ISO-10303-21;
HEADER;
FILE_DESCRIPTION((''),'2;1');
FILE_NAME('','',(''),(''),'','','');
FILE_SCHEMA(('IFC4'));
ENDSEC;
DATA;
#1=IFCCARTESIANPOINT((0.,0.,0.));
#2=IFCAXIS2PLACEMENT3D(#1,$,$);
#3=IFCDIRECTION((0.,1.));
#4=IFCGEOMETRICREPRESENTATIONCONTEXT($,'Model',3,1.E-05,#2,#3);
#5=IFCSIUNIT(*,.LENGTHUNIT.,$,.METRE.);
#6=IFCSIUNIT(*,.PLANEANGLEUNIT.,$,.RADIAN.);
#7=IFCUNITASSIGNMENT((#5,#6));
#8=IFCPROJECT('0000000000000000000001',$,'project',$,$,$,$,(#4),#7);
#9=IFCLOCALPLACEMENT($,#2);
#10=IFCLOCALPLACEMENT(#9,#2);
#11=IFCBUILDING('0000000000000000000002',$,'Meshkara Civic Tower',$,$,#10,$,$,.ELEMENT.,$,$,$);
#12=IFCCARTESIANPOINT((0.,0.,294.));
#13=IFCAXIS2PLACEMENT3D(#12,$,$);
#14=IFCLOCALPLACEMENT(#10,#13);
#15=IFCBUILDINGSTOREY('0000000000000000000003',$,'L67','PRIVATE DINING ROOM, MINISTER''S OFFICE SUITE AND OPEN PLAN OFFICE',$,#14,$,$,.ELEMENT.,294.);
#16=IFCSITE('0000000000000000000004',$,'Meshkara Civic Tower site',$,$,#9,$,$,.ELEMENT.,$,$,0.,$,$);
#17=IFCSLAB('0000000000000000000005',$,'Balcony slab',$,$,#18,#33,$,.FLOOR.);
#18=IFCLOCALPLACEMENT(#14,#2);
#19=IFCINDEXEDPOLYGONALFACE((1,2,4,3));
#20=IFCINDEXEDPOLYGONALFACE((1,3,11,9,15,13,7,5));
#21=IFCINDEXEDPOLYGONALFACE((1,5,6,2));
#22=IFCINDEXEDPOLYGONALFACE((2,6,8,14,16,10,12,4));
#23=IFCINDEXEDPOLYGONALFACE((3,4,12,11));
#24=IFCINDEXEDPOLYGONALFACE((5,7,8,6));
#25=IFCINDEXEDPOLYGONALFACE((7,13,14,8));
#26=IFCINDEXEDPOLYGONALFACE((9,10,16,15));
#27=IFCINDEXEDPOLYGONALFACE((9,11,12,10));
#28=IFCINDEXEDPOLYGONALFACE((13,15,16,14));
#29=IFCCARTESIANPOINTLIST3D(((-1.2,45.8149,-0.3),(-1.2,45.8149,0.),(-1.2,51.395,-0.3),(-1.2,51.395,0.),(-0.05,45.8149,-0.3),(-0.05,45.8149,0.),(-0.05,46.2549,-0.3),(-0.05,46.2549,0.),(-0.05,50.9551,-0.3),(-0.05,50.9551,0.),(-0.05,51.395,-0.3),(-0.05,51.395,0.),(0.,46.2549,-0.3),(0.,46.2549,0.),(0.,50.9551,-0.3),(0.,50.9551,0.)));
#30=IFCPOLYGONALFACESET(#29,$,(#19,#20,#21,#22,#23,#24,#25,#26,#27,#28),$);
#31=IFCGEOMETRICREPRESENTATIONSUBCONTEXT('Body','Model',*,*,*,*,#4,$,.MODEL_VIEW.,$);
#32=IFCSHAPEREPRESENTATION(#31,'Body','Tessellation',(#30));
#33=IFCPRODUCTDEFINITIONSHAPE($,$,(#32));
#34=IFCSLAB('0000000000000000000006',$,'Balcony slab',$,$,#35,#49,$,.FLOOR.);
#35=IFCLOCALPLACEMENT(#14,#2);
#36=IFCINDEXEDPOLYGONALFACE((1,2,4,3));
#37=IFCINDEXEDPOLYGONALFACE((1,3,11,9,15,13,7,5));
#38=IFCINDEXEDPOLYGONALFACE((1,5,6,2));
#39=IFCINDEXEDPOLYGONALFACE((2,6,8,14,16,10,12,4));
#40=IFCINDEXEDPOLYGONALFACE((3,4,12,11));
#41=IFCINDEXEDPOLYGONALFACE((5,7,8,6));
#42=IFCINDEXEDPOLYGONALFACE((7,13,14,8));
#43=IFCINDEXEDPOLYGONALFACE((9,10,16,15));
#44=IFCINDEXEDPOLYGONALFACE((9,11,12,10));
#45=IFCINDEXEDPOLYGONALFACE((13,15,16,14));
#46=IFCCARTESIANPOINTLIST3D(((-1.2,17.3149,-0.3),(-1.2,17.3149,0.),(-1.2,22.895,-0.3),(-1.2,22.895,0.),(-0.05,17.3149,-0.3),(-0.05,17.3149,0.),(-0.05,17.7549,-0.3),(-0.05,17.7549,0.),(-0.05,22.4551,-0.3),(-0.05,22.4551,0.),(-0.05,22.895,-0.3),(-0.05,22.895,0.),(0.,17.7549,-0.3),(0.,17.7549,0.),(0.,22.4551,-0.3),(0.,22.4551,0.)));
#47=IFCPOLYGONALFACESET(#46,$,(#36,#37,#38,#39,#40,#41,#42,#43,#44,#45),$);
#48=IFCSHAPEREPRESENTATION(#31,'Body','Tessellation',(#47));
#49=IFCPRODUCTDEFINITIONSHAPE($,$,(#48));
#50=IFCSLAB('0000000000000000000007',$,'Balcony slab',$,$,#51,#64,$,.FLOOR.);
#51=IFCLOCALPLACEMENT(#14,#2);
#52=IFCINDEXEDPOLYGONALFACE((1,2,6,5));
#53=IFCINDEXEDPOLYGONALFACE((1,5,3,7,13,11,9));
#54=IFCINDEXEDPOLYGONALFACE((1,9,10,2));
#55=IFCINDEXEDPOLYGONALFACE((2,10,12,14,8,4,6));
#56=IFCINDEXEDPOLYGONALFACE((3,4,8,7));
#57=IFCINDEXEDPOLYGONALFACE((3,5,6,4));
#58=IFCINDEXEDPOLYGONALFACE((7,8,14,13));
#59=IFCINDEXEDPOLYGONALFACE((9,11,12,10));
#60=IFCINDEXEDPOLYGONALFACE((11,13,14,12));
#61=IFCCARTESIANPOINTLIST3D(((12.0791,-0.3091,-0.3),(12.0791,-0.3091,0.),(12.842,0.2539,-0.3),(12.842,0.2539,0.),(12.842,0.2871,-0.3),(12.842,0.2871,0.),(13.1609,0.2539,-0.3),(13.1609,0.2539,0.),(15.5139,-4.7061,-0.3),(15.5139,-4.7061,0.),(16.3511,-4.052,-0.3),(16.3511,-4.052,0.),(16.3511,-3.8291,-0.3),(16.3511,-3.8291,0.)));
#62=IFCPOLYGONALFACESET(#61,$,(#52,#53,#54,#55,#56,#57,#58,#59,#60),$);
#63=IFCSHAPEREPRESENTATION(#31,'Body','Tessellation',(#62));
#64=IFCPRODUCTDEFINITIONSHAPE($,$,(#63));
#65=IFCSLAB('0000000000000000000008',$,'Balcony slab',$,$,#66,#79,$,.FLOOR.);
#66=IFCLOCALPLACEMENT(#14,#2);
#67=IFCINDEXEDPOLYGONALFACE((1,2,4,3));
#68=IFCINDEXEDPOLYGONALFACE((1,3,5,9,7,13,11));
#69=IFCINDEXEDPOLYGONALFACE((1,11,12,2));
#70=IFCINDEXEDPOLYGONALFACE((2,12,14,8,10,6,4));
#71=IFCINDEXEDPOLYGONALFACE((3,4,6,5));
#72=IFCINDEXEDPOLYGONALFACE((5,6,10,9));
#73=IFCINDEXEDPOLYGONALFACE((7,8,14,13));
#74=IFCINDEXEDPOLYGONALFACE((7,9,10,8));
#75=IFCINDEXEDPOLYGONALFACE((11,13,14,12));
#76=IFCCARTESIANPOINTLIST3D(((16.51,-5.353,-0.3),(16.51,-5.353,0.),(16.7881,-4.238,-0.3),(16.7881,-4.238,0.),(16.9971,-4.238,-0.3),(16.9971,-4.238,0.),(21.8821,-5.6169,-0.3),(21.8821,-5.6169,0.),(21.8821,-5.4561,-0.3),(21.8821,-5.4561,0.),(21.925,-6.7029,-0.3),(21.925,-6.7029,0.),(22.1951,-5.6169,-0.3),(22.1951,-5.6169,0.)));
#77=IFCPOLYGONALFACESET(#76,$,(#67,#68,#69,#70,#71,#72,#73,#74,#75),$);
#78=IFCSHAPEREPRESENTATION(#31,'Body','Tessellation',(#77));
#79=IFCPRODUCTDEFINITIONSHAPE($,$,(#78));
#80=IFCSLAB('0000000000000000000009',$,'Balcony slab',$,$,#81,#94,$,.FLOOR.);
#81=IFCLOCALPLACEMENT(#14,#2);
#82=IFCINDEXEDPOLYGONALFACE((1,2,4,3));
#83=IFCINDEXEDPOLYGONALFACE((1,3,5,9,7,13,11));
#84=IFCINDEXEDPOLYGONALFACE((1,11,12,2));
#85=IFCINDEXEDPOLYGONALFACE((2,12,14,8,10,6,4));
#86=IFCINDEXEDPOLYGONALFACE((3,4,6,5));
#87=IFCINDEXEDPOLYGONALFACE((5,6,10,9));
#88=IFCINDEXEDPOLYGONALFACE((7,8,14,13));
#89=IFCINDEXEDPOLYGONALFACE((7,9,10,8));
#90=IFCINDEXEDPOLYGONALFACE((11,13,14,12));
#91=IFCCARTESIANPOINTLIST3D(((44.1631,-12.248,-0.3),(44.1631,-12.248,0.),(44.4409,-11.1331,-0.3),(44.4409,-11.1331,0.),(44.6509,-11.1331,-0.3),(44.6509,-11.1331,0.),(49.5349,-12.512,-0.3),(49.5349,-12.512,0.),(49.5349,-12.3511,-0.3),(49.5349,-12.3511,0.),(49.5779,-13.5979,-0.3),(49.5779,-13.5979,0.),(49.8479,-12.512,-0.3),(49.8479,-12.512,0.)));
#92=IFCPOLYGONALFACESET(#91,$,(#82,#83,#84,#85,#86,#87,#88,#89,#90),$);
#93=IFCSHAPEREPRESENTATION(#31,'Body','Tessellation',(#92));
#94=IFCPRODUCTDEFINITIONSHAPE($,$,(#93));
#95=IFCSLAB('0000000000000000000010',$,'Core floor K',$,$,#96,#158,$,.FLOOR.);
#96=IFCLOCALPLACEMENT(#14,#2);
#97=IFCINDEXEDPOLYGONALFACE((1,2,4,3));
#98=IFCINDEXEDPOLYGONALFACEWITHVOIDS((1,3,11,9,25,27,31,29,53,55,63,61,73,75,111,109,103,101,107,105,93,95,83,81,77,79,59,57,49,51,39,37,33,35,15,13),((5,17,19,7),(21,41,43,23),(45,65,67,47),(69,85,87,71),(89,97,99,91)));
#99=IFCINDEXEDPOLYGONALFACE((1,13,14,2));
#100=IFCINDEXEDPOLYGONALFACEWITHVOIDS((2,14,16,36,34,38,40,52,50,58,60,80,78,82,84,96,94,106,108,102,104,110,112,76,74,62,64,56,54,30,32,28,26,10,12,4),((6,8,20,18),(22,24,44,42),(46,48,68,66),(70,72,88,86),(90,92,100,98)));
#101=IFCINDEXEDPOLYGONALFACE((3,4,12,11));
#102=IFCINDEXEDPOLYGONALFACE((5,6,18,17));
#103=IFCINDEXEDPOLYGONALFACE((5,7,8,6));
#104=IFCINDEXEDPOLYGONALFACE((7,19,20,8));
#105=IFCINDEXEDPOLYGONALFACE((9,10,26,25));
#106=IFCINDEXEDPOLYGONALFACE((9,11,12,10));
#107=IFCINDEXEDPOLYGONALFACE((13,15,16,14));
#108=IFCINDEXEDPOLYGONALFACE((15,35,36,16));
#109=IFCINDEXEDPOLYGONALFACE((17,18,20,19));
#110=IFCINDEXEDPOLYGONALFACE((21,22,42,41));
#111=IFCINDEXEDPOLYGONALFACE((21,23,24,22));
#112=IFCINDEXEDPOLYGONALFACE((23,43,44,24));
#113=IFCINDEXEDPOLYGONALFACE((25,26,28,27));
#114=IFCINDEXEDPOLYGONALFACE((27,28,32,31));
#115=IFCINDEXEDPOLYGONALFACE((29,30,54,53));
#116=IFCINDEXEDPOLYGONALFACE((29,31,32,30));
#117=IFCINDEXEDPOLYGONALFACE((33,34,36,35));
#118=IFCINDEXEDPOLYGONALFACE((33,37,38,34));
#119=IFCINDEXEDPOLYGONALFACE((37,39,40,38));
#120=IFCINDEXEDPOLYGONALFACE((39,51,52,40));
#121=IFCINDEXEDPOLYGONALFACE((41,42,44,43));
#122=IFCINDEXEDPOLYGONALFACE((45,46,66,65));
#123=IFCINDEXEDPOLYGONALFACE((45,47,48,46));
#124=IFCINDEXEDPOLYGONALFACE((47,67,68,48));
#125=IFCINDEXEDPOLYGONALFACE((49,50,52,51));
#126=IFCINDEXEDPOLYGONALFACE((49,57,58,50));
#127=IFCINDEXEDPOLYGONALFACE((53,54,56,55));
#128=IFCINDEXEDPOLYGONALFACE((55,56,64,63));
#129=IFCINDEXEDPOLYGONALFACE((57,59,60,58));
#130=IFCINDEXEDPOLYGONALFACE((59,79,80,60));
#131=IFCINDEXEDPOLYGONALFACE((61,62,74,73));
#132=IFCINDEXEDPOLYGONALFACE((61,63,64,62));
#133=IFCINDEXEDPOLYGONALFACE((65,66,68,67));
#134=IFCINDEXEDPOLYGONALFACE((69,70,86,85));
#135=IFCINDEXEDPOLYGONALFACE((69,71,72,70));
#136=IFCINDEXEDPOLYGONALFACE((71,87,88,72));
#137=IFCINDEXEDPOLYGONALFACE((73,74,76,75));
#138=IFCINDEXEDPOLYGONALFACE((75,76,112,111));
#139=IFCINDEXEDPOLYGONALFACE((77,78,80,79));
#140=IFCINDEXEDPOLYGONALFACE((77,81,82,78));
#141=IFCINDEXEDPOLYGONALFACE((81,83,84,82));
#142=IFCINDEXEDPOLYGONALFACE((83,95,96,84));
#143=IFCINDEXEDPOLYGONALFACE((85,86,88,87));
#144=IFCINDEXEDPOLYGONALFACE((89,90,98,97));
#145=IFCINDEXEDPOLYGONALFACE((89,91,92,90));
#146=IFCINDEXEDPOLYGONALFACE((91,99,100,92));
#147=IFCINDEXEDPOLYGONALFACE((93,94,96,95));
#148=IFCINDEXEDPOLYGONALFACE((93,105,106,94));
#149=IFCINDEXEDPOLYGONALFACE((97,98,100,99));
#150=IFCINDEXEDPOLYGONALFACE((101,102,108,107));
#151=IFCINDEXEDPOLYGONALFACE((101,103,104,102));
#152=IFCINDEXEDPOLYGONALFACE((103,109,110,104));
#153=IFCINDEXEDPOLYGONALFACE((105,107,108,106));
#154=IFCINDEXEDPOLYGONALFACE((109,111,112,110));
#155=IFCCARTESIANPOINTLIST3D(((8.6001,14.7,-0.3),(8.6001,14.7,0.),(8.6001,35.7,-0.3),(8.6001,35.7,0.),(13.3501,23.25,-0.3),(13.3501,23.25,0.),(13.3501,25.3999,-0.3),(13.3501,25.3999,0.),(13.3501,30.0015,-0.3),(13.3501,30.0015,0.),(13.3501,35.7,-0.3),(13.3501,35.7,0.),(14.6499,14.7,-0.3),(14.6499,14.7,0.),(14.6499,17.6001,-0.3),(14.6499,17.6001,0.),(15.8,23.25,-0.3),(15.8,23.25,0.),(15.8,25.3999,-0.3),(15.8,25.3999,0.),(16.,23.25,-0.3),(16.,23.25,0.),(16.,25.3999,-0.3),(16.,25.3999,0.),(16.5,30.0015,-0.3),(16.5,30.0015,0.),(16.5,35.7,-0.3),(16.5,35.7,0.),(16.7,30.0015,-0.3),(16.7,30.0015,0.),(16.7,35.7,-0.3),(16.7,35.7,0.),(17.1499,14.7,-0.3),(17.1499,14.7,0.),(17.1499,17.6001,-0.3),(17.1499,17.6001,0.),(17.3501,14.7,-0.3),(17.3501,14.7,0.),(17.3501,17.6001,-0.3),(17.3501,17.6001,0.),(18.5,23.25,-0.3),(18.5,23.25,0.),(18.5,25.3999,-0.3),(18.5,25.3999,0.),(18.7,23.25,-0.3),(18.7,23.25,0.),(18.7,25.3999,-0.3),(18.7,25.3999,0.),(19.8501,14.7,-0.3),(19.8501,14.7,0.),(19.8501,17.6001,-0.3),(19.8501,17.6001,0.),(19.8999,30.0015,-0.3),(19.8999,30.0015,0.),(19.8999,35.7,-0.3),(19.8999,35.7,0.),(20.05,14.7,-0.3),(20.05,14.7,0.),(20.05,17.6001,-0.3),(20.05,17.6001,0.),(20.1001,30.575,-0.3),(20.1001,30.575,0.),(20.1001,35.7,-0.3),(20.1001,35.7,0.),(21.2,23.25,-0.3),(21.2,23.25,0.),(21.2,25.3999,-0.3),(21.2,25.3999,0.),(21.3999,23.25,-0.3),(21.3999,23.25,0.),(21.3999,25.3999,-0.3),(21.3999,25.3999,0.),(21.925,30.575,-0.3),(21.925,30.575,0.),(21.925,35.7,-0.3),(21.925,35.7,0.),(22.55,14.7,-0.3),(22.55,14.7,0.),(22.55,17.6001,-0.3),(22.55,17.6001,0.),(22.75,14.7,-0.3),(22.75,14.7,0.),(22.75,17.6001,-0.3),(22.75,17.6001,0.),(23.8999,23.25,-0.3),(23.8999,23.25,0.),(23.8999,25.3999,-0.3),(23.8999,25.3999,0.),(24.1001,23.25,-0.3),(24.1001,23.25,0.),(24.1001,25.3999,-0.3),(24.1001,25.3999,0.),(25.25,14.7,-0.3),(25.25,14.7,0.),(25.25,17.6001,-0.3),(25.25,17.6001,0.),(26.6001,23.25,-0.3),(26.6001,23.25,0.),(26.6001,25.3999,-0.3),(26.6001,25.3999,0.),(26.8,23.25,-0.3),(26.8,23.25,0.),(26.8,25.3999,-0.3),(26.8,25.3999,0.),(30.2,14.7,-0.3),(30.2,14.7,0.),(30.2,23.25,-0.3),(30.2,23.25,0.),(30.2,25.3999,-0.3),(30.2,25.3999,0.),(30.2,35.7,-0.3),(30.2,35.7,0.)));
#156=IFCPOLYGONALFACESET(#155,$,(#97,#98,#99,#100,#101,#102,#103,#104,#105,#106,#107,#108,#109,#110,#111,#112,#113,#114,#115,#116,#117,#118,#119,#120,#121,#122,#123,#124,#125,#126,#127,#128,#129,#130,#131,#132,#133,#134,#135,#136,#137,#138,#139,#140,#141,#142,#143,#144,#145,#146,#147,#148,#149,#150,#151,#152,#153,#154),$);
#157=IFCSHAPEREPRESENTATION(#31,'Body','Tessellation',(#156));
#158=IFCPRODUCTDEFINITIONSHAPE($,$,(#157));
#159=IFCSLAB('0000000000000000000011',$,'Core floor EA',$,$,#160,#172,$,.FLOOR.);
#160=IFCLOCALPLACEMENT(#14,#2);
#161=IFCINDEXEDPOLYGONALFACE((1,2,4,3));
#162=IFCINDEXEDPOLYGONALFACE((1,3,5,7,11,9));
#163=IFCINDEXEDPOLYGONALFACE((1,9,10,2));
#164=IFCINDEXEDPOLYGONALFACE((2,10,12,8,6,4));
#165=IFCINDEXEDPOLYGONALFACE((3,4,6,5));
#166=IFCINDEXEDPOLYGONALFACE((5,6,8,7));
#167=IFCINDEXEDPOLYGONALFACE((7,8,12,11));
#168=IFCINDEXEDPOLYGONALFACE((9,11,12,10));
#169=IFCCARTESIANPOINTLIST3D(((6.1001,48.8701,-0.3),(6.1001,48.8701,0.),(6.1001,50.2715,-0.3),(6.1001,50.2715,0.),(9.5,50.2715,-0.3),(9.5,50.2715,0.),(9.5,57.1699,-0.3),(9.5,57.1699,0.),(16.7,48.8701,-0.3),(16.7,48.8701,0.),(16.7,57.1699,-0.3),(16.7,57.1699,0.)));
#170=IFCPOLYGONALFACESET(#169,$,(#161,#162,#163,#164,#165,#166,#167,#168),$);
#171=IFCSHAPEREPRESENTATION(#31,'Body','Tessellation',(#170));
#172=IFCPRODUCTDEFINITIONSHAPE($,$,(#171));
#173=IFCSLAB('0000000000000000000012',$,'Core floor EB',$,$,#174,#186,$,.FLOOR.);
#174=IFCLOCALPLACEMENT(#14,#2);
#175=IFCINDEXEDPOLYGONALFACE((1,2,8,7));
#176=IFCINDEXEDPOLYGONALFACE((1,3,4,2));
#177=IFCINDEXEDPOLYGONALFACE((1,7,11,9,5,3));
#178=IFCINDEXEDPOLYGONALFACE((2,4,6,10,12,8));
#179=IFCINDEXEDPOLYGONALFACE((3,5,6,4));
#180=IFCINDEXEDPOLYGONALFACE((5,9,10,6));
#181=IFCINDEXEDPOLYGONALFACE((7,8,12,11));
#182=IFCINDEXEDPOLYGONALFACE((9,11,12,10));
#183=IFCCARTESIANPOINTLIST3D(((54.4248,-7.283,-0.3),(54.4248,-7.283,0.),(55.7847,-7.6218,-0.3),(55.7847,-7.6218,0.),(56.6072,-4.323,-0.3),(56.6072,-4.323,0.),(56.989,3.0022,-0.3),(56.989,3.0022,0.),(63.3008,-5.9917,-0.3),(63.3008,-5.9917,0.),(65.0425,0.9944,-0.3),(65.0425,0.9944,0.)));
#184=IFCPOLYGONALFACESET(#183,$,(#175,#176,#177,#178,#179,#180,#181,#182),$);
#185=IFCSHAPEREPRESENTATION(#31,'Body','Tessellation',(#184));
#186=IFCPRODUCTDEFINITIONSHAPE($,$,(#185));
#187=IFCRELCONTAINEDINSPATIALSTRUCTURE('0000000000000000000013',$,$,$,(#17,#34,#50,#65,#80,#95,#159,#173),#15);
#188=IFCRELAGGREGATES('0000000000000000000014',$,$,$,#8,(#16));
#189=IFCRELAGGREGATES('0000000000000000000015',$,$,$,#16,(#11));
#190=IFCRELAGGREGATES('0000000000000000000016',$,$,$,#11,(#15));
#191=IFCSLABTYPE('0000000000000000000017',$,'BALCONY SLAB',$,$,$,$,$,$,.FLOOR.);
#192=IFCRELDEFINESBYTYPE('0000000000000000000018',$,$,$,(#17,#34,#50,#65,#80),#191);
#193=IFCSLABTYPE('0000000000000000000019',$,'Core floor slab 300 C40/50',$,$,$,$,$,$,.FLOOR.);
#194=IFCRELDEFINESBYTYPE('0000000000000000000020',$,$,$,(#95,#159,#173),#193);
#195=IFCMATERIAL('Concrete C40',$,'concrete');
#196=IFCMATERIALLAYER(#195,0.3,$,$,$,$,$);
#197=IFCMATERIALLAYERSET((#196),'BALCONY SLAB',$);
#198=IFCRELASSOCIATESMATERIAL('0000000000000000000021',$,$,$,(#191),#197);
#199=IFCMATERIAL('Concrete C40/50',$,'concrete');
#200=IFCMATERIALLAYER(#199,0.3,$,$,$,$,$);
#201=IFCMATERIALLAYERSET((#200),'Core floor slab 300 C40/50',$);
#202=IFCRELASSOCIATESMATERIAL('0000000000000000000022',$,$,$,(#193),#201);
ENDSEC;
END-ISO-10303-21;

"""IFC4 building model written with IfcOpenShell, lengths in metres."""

from ifc_helpers import new_model, si_unit, direction, frame, origin, place, context, subcontext, project, spatial, polyline, outline, extrude, material, layer, layer_set, type_object, element, save


model = new_model("IFC4")

# Units and contexts
model_context = context("Model", 3, precision=1e-05, world=origin(), true_north=direction((0.0, 1.0)))
body_context = subcontext(model_context, "Body", "Model", "MODEL_VIEW")
ifc_project = project(units=[si_unit("LENGTHUNIT", "METRE"), si_unit("PLANEANGLEUNIT", "RADIAN")], contexts=[model_context])

# Site, building, storey
site_placement = place(None, origin())
site = spatial("IfcSite", under=ifc_project, at=site_placement, Name="Meshkara Civic Tower site", CompositionType="ELEMENT", RefElevation=0.0)
building_placement = place(site_placement, origin())
building = spatial("IfcBuilding", under=site, at=building_placement, Name="Meshkara Civic Tower", CompositionType="ELEMENT")
storey_placement = place(building_placement, frame((0.0, 0.0, 294.0)))
storey = spatial("IfcBuildingStorey", under=building, at=storey_placement, Name="L67", Description="PRIVATE DINING ROOM, MINISTER'S OFFICE SUITE AND OPEN PLAN OFFICE", CompositionType="ELEMENT", Elevation=294.0)

# Slabs
ifc_material_1 = material(Name="Concrete C40", Category="concrete")
ifc_layer_1 = layer(ifc_material_1, 0.3)
ifc_layer_set_1 = layer_set([ifc_layer_1], Name="BALCONY SLAB")
slab_type_1 = type_object("IfcSlabType", Name="BALCONY SLAB", PredefinedType="FLOOR", material=ifc_layer_set_1)
slab_1_placement = place(storey_placement, frame((0.0, 0.0, -0.3)))
element("IfcSlab", 1, at=slab_1_placement, inside=storey, type_object=slab_type_1, Name="Balcony slab", PredefinedType="FLOOR", context=body_context, shape_type="SweptSolid", body=[
    extrude(outline(polyline([(-1.2, 45.8149), (-1.2, 51.395), (-0.05, 51.395), (-0.05, 50.9551), (0.0, 50.9551), (0.0, 46.2549), (-0.05, 46.2549), (-0.05, 45.8149), (-1.2, 45.8149)])), origin(), (0.0, 0.0, 1.0), 0.3),
])
slab_2_placement = place(storey_placement, frame((0.0, 0.0, -0.3)))
element("IfcSlab", 2, at=slab_2_placement, inside=storey, type_object=slab_type_1, Name="Balcony slab", PredefinedType="FLOOR", context=body_context, shape_type="SweptSolid", body=[
    extrude(outline(polyline([(-1.2, 17.3149), (-1.2, 22.895), (-0.05, 22.895), (-0.05, 22.4551), (0.0, 22.4551), (0.0, 17.7549), (-0.05, 17.7549), (-0.05, 17.3149), (-1.2, 17.3149)])), origin(), (0.0, 0.0, 1.0), 0.3),
])
slab_3_placement = place(storey_placement, frame((0.0, 0.0, -0.3)))
element("IfcSlab", 3, at=slab_3_placement, inside=storey, type_object=slab_type_1, Name="Balcony slab", PredefinedType="FLOOR", context=body_context, shape_type="SweptSolid", body=[
    extrude(outline(polyline([(15.5139, -4.7061), (12.0791, -0.3091), (12.842, 0.2871), (12.842, 0.2539), (13.1609, 0.2539), (16.3511, -3.8291), (16.3511, -4.052), (15.5139, -4.7061)])), origin(), (0.0, 0.0, 1.0), 0.3),
])
slab_4_placement = place(storey_placement, frame((0.0, 0.0, -0.3)))
element("IfcSlab", 4, at=slab_4_placement, inside=storey, type_object=slab_type_1, Name="Balcony slab", PredefinedType="FLOOR", context=body_context, shape_type="SweptSolid", body=[
    extrude(outline(polyline([(21.925, -6.7029), (16.51, -5.353), (16.7881, -4.238), (16.9971, -4.238), (21.8821, -5.4561), (21.8821, -5.6169), (22.1951, -5.6169), (21.925, -6.7029)])), origin(), (0.0, 0.0, 1.0), 0.3),
])
slab_5_placement = place(storey_placement, frame((0.0, 0.0, -0.3)))
element("IfcSlab", 5, at=slab_5_placement, inside=storey, type_object=slab_type_1, Name="Balcony slab", PredefinedType="FLOOR", context=body_context, shape_type="SweptSolid", body=[
    extrude(outline(polyline([(49.5779, -13.5979), (44.1631, -12.248), (44.4409, -11.1331), (44.6509, -11.1331), (49.5349, -12.3511), (49.5349, -12.512), (49.8479, -12.512), (49.5779, -13.5979)])), origin(), (0.0, 0.0, 1.0), 0.3),
])
ifc_material_2 = material(Name="Concrete C40/50", Category="concrete")
ifc_layer_2 = layer(ifc_material_2, 0.3)
ifc_layer_set_2 = layer_set([ifc_layer_2], Name="Core floor slab 300 C40/50")
slab_type_2 = type_object("IfcSlabType", Name="Core floor slab 300 C40/50", PredefinedType="FLOOR", material=ifc_layer_set_2)
slab_6_placement = place(storey_placement, frame((0.0, 0.0, -0.3)))
element("IfcSlab", 6, at=slab_6_placement, inside=storey, type_object=slab_type_2, Name="Core floor K", PredefinedType="FLOOR", context=body_context, shape_type="SweptSolid", body=[
    extrude(outline(polyline([(8.6001, 35.7), (13.3501, 35.7), (13.3501, 30.0015), (16.5, 30.0015), (16.5, 35.7), (16.7, 35.7), (16.7, 30.0015), (19.8999, 30.0015), (19.8999, 35.7), (20.1001, 35.7), (20.1001, 30.575), (21.925, 30.575), (21.925, 35.7), (30.2, 35.7), (30.2, 25.3999), (26.8, 25.3999), (26.8, 23.25), (30.2, 23.25), (30.2, 14.7), (25.25, 14.7), (25.25, 17.6001), (22.75, 17.6001), (22.75, 14.7), (22.55, 14.7), (22.55, 17.6001), (20.05, 17.6001), (20.05, 14.7), (19.8501, 14.7), (19.8501, 17.6001), (17.3501, 17.6001), (17.3501, 14.7), (17.1499, 14.7), (17.1499, 17.6001), (14.6499, 17.6001), (14.6499, 14.7), (8.6001, 14.7), (8.6001, 35.7)]), holes=[polyline([(13.3501, 25.3999), (13.3501, 23.25), (15.8, 23.25), (15.8, 25.3999), (13.3501, 25.3999)]), polyline([(18.5, 25.3999), (16.0, 25.3999), (16.0, 23.25), (18.5, 23.25), (18.5, 25.3999)]), polyline([(18.7, 25.3999), (18.7, 23.25), (21.2, 23.25), (21.2, 25.3999), (18.7, 25.3999)]), polyline([(23.8999, 23.25), (23.8999, 25.3999), (21.3999, 25.3999), (21.3999, 23.25), (23.8999, 23.25)]), polyline([(26.6001, 25.3999), (24.1001, 25.3999), (24.1001, 23.25), (26.6001, 23.25), (26.6001, 25.3999)])]), origin(), (0.0, 0.0, 1.0), 0.3),
])
slab_7_placement = place(storey_placement, frame((0.0, 0.0, -0.3)))
element("IfcSlab", 7, at=slab_7_placement, inside=storey, type_object=slab_type_2, Name="Core floor EA", PredefinedType="FLOOR", context=body_context, shape_type="SweptSolid", body=[
    extrude(outline(polyline([(16.7, 48.8701), (16.7, 57.1699), (9.5, 57.1699), (9.5, 50.2715), (6.1001, 50.2715), (6.1001, 48.8701), (16.7, 48.8701)])), origin(), (0.0, 0.0, 1.0), 0.3),
])
slab_8_placement = place(storey_placement, frame((0.0, 0.0, -0.3)))
element("IfcSlab", 8, at=slab_8_placement, inside=storey, type_object=slab_type_2, Name="Core floor EB", PredefinedType="FLOOR", context=body_context, shape_type="SweptSolid", body=[
    extrude(outline(polyline([(56.989, 3.0022), (65.0425, 0.9944), (63.3008, -5.9917), (56.6072, -4.323), (55.7847, -7.6218), (54.4248, -7.283), (56.989, 3.0022)])), origin(), (0.0, 0.0, 1.0), 0.3),
])

save(model, "model.ifc")
